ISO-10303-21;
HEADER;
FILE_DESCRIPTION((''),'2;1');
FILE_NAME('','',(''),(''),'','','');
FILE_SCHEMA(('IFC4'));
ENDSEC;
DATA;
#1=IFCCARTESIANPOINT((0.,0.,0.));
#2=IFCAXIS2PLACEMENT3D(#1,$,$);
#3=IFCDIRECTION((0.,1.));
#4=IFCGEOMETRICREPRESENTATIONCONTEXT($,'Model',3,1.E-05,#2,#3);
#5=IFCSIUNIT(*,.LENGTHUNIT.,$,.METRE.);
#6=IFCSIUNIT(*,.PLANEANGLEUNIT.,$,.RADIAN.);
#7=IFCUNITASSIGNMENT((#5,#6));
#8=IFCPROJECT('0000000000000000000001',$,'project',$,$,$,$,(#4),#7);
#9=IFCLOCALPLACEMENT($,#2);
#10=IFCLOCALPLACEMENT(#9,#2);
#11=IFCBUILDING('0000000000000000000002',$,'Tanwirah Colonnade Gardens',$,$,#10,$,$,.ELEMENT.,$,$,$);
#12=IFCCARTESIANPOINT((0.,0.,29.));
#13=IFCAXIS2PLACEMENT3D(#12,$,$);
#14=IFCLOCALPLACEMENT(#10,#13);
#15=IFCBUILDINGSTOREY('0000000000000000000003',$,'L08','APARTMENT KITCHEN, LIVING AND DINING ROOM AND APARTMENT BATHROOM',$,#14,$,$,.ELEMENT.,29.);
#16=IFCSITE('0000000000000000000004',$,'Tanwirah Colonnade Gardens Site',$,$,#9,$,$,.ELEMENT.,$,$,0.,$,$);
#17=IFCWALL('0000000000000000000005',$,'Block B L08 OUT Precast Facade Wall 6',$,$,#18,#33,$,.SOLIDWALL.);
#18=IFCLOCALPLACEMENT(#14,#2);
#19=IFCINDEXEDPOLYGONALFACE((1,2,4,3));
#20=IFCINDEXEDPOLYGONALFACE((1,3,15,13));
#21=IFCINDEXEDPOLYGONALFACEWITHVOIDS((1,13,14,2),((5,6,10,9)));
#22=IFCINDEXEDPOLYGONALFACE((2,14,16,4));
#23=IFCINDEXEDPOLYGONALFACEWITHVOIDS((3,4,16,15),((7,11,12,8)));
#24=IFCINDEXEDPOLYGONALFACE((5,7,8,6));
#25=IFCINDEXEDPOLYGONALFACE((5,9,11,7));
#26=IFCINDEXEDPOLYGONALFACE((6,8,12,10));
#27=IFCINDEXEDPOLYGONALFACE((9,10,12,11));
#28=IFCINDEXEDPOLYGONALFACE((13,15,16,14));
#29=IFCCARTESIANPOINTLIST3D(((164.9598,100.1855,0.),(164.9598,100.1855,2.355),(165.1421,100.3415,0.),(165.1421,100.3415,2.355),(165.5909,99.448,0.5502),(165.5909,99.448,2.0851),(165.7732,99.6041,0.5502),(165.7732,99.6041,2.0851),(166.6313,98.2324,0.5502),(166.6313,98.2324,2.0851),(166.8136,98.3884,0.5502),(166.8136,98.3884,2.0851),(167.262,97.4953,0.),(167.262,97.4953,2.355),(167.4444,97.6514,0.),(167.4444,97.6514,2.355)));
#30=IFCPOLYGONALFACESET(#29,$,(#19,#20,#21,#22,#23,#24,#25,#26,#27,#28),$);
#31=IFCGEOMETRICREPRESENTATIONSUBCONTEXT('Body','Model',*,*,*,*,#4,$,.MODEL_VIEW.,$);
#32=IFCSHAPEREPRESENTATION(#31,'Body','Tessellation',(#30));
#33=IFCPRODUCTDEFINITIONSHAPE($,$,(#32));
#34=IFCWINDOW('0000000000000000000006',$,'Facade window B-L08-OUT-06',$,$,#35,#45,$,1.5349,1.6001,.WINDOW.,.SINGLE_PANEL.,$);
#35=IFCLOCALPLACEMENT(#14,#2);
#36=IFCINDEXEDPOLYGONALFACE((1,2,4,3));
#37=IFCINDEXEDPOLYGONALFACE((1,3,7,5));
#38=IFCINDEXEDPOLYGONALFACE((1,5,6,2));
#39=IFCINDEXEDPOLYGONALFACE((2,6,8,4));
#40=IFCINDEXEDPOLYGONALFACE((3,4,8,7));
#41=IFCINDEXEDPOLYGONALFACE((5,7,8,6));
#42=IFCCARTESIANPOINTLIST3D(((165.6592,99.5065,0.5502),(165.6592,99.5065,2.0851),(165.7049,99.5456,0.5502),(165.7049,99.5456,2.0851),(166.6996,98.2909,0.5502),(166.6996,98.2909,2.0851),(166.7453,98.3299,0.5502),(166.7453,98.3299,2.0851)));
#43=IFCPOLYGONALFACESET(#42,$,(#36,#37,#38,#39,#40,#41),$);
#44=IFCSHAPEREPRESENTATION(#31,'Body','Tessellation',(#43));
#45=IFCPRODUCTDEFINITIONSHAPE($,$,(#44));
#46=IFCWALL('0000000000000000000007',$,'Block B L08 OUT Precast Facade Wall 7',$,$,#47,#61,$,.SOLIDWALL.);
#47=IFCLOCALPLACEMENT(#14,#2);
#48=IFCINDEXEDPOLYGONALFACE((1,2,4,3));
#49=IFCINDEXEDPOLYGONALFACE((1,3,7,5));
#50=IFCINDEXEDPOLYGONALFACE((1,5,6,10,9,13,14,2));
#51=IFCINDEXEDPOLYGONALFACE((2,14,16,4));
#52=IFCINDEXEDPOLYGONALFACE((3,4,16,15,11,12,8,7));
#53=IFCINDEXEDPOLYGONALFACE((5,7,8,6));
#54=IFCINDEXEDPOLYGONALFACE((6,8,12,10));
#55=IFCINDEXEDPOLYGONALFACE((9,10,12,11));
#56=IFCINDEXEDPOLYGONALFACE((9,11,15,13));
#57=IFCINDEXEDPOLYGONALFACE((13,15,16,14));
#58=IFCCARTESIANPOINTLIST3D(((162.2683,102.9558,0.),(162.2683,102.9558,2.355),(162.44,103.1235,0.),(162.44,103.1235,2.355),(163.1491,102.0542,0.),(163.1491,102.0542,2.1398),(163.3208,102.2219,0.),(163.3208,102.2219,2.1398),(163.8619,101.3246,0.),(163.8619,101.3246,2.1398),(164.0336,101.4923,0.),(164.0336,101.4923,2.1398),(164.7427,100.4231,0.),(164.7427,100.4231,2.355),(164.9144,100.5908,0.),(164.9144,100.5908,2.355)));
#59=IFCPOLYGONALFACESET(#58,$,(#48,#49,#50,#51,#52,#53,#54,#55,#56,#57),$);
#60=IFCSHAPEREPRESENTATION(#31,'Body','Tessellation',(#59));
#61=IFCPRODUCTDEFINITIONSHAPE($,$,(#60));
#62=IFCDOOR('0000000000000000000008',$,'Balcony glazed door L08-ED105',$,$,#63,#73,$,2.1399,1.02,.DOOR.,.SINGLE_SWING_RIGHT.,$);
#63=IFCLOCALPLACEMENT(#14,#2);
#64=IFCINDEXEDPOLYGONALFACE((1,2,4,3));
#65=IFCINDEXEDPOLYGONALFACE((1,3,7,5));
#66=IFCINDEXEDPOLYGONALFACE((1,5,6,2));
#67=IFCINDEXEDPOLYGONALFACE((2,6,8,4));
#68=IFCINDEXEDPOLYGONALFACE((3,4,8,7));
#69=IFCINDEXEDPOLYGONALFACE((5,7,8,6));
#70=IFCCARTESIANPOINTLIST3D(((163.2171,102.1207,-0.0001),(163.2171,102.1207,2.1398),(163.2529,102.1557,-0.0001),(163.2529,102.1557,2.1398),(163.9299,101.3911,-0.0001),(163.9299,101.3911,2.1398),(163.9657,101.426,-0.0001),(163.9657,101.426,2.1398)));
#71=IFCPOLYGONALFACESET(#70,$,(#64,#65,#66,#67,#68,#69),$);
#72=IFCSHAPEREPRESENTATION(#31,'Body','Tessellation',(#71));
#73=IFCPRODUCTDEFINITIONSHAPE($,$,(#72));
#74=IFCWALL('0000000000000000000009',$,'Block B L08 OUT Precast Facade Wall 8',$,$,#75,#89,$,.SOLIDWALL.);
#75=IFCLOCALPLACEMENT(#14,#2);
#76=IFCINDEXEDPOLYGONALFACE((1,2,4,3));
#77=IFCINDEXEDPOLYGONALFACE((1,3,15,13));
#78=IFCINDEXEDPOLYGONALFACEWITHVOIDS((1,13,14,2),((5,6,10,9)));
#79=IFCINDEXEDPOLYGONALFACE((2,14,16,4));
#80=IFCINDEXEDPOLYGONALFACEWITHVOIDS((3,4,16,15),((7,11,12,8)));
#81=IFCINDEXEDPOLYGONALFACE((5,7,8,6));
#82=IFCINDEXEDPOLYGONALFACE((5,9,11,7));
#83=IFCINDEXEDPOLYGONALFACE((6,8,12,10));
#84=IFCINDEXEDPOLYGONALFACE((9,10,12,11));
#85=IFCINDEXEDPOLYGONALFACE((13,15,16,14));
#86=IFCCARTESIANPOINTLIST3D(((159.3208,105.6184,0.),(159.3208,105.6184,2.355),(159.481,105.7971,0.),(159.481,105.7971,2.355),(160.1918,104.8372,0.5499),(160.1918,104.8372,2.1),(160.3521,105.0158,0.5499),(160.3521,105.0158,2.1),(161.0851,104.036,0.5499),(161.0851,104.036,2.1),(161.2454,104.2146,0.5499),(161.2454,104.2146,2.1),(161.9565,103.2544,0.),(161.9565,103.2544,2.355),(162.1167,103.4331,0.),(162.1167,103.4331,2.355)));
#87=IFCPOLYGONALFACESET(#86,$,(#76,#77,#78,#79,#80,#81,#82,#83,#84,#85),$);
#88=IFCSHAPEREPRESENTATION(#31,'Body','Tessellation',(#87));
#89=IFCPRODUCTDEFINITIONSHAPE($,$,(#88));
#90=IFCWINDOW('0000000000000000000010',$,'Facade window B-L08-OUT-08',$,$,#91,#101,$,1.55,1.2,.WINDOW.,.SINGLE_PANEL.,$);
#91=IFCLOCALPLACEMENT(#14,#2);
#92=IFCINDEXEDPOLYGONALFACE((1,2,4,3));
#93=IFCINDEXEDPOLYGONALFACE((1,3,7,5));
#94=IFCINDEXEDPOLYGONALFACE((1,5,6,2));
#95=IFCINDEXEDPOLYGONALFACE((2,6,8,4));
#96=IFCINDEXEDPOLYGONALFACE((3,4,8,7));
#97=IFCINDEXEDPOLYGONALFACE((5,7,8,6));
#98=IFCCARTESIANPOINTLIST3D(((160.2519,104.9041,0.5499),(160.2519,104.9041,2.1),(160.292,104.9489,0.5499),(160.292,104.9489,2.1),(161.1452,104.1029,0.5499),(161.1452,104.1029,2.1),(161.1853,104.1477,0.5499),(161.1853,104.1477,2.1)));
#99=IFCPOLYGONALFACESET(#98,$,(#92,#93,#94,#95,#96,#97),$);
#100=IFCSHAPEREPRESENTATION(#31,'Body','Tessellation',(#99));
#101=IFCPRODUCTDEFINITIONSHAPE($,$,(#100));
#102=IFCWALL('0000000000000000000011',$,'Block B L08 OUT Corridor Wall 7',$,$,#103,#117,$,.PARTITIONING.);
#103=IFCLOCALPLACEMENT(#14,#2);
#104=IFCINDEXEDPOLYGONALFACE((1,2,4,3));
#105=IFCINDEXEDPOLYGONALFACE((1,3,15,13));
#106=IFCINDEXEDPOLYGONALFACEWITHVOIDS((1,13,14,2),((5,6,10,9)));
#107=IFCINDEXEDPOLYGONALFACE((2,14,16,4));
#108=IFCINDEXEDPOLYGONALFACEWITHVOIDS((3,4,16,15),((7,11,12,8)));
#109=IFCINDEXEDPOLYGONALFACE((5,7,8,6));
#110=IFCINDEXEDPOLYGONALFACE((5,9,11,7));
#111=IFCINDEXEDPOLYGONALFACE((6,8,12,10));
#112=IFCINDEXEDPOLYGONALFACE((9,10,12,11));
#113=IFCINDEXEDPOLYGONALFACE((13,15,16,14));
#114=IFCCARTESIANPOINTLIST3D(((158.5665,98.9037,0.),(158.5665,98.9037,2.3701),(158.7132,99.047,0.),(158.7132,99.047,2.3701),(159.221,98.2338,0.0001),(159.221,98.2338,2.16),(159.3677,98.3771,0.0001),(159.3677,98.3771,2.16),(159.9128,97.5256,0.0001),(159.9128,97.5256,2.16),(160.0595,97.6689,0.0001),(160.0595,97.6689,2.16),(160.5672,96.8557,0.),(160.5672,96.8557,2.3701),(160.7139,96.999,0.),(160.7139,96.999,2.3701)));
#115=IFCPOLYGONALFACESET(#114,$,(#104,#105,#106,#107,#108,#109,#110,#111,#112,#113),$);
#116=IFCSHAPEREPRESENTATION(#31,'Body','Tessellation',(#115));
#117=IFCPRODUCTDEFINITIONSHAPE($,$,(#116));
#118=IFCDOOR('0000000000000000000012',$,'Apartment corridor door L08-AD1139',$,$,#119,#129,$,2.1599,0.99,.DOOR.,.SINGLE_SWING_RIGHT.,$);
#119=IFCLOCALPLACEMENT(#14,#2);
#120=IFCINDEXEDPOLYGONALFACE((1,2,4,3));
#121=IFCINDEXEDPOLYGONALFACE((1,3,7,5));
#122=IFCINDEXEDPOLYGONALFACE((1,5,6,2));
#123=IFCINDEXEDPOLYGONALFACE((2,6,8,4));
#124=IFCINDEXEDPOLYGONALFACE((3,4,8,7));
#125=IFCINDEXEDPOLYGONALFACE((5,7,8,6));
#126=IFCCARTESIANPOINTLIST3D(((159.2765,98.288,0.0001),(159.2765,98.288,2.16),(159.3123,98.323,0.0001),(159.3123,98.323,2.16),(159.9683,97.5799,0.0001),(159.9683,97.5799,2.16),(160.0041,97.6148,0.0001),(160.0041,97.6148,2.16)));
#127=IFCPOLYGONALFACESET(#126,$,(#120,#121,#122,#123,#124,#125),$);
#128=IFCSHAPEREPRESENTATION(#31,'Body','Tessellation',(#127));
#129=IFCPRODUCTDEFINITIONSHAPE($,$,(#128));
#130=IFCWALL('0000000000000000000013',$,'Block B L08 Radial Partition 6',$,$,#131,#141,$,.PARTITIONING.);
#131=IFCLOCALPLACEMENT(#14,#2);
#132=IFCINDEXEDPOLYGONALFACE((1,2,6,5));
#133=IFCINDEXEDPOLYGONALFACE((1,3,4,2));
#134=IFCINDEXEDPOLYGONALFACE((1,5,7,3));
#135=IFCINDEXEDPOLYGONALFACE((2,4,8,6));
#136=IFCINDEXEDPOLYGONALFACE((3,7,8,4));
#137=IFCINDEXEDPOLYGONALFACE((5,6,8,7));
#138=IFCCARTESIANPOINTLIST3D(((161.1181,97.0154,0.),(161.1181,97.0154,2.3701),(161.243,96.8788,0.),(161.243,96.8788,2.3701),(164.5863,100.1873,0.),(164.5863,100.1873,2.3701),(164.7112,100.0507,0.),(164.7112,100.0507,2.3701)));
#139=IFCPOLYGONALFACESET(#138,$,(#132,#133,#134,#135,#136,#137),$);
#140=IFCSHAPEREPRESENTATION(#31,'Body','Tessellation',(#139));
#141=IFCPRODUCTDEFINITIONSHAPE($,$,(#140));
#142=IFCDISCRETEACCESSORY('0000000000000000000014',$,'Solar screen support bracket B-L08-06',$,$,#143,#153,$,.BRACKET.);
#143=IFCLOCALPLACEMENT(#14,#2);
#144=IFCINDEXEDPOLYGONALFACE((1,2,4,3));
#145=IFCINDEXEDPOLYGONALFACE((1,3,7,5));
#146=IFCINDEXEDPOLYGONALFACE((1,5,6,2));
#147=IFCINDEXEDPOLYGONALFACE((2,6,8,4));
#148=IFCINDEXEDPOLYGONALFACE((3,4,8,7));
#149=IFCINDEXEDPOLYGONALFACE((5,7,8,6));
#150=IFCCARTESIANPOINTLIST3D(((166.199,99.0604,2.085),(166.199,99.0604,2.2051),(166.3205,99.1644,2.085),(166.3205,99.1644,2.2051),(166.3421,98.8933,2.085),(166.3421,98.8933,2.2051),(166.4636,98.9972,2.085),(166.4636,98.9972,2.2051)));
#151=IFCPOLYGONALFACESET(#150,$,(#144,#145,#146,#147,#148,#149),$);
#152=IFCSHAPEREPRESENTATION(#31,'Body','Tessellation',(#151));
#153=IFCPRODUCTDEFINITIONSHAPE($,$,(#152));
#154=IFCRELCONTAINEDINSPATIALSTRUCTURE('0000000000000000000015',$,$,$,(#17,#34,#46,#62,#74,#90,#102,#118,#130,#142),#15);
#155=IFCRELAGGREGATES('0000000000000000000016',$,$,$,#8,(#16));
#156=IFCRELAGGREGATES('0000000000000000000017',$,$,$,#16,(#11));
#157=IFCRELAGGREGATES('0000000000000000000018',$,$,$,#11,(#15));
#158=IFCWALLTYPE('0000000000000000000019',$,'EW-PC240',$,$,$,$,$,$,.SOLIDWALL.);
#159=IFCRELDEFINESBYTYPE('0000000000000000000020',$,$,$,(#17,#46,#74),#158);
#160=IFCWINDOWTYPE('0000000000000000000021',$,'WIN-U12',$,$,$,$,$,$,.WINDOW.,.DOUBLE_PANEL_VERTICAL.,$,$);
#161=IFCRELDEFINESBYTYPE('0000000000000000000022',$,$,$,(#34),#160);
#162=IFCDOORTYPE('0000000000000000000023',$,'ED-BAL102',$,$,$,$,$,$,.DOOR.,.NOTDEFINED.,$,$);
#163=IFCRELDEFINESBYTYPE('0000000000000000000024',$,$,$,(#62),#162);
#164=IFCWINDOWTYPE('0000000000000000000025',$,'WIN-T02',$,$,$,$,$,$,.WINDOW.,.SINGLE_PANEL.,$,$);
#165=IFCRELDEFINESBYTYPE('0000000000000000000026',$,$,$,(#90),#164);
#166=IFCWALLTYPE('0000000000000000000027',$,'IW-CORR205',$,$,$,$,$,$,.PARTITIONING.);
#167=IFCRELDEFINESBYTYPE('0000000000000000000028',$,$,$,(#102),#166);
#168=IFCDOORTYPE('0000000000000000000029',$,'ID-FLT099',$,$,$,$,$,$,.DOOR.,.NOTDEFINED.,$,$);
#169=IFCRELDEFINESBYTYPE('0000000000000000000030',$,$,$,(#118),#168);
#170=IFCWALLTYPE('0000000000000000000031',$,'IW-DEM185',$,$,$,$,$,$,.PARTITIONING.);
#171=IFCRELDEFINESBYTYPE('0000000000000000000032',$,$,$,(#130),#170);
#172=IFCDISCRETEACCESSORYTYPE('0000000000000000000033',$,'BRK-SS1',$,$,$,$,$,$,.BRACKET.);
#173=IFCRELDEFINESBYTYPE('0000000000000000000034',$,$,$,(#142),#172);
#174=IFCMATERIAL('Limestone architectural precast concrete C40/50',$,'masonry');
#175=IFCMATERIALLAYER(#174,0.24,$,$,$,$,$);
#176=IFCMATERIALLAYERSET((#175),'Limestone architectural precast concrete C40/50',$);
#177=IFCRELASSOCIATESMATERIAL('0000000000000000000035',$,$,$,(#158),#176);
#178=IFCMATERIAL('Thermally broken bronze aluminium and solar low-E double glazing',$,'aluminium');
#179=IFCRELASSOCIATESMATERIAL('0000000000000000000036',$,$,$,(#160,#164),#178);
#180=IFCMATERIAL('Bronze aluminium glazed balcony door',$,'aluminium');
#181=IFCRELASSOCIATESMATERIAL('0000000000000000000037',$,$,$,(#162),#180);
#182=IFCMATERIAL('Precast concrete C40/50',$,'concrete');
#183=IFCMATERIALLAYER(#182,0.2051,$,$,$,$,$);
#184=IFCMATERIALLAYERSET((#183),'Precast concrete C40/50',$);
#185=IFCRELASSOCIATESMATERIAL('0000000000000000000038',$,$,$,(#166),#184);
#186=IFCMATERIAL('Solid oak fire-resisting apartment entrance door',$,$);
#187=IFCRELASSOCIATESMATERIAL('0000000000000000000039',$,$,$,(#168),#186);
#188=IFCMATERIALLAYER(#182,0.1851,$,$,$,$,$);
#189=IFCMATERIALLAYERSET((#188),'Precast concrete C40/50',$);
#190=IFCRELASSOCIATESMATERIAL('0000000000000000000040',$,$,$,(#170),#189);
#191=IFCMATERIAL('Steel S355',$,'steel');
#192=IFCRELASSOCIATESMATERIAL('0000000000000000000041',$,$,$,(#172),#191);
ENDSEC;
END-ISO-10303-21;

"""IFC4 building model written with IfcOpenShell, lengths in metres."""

from ifc_helpers import new_model, si_unit, direction, frame, frame_2d, origin, origin_2d, place, context, subcontext, project, spatial, rectangle, extrude, material, layer, layer_set, type_object, element, fill, save


model = new_model("IFC4")

# Units and contexts
model_context = context("Model", 3, precision=1e-05, world=origin(), true_north=direction((0.0, 1.0)))
body_context = subcontext(model_context, "Body", "Model", "MODEL_VIEW")
ifc_project = project(units=[si_unit("LENGTHUNIT", "METRE"), si_unit("PLANEANGLEUNIT", "RADIAN")], contexts=[model_context])

# Site, building, storey
site_placement = place(None, origin())
site = spatial("IfcSite", under=ifc_project, at=site_placement, Name="Tanwirah Colonnade Gardens Site", CompositionType="ELEMENT", RefElevation=0.0)
building_placement = place(site_placement, origin())
building = spatial("IfcBuilding", under=site, at=building_placement, Name="Tanwirah Colonnade Gardens", CompositionType="ELEMENT")
storey_placement = place(building_placement, frame((0.0, 0.0, 29.0)))
storey = spatial("IfcBuildingStorey", under=building, at=storey_placement, Name="L08", Description="APARTMENT KITCHEN, LIVING AND DINING ROOM AND APARTMENT BATHROOM", CompositionType="ELEMENT", Elevation=29.0)

# Shared definitions
ifc_material_1 = material(Name="Precast concrete C40/50", Category="concrete")

# Wall, opening, window
ifc_material_2 = material(Name="Limestone architectural precast concrete C40/50", Category="masonry")
ifc_layer_1 = layer(ifc_material_2, 0.24)
ifc_layer_set_1 = layer_set([ifc_layer_1], Name="Limestone architectural precast concrete C40/50")
wall_type_1 = type_object("IfcWallType", Name="EW-PC240", PredefinedType="SOLIDWALL", material=ifc_layer_set_1)
wall_1_placement = place(storey_placement, frame((167.3533, 97.5732, 0.0), z_axis=(0.0, 0.0, 1.0), x_axis=(-0.650201, 0.759763, 0.0)))
wall_1 = element("IfcWall", 1, at=wall_1_placement, inside=storey, type_object=wall_type_1, Name="Block B L08 OUT Precast Facade Wall 6", PredefinedType="SOLIDWALL", context=body_context, shape_type="SweptSolid", body=[
    extrude(rectangle(XDim=3.5408, YDim=0.24, at=frame_2d((1.7705, 0.0))), origin(), (0.0, 0.0, 1.0), 2.355),
])
opening_1_placement = place(wall_1_placement, frame((0.9702, 0.0, 0.55)))
opening_1 = element("IfcOpeningElement", 2, at=opening_1_placement, cuts=wall_1, PredefinedType="OPENING", context=body_context, shape_type="SweptSolid", body=[
    extrude(rectangle(XDim=1.6001, YDim=1.5349, at=frame_2d((0.8, 0.7676))), frame((0.0, 0.1299, 0.0), z_axis=(0.0, -1.0, 0.0), x_axis=(1.0, 0.0, 0.0)), (0.0, 0.0, 1.0), 0.26),
])
ifc_material_3 = material(Name="Thermally broken bronze aluminium and solar low-E double glazing", Category="aluminium")
window_type_1 = type_object("IfcWindowType", Name="WIN-U12", PartitioningType="DOUBLE_PANEL_VERTICAL", PredefinedType="WINDOW", material=ifc_material_3)
window_1_placement = place(opening_1_placement, origin())
window_1 = element("IfcWindow", 3, at=window_1_placement, inside=storey, type_object=window_type_1, Name="Facade window B-L08-OUT-06", OverallHeight=1.5349, OverallWidth=1.6001, PartitioningType="SINGLE_PANEL", PredefinedType="WINDOW", context=body_context, shape_type="SweptSolid", body=[
    extrude(rectangle(XDim=1.6001, YDim=1.5349, at=frame_2d((0.8, 0.7676))), frame((0.0, 0.03, 0.0), z_axis=(0.0, -1.0, 0.0), x_axis=(1.0, 0.0, 0.0)), (0.0, 0.0, 1.0), 0.0601),
])
fill(opening_1, window_1)

# Wall, opening, door
wall_2_placement = place(storey_placement, frame((164.8286, 100.5068, 0.0), z_axis=(0.0, 0.0, 1.0), x_axis=(-0.698819, 0.715298, 0.0)))
wall_2 = element("IfcWall", 4, at=wall_2_placement, inside=storey, type_object=wall_type_1, Name="Block B L08 OUT Precast Facade Wall 7", PredefinedType="SOLIDWALL", context=body_context, shape_type="SweptSolid", body=[
    extrude(rectangle(XDim=3.5408, YDim=0.24, at=frame_2d((1.7705, 0.0))), origin(), (0.0, 0.0, 1.0), 2.355),
])
opening_2_placement = place(wall_2_placement, frame((1.2605, 0.0, 0.0)))
opening_2 = element("IfcOpeningElement", 5, at=opening_2_placement, cuts=wall_2, PredefinedType="OPENING", context=body_context, shape_type="SweptSolid", body=[
    extrude(rectangle(XDim=1.02, YDim=2.1399, at=frame_2d((0.51, 1.0698))), frame((0.0, 0.1299, 0.0), z_axis=(0.0, -1.0, 0.0), x_axis=(1.0, 0.0, 0.0)), (0.0, 0.0, 1.0), 0.26),
])
ifc_material_4 = material(Name="Bronze aluminium glazed balcony door", Category="aluminium")
door_type_1 = type_object("IfcDoorType", Name="ED-BAL102", OperationType="NOTDEFINED", PredefinedType="DOOR", material=ifc_material_4)
door_1_placement = place(opening_2_placement, origin())
door_1 = element("IfcDoor", 6, at=door_1_placement, inside=storey, type_object=door_type_1, Name="Balcony glazed door L08-ED105", OperationType="SINGLE_SWING_RIGHT", OverallHeight=2.1399, OverallWidth=1.02, PredefinedType="DOOR", context=body_context, shape_type="SweptSolid", body=[
    extrude(rectangle(XDim=1.02, YDim=2.1399, at=frame_2d((0.51, 1.0698))), frame((0.0, 0.0249, 0.0), z_axis=(0.0, -1.0, 0.0), x_axis=(1.0, 0.0, 0.0)), (0.0, 0.0, 1.0), 0.05),
])
fill(opening_2, door_1)

# Wall, opening, window
wall_3_placement = place(storey_placement, frame((162.0366, 103.3438, 0.0), z_axis=(0.0, 0.0, 1.0), x_axis=(-0.744438, 0.667691, 0.0)))
wall_3 = element("IfcWall", 7, at=wall_3_placement, inside=storey, type_object=wall_type_1, Name="Block B L08 OUT Precast Facade Wall 8", PredefinedType="SOLIDWALL", context=body_context, shape_type="SweptSolid", body=[
    extrude(rectangle(XDim=3.5405, YDim=0.24, at=frame_2d((1.7703, 0.0))), origin(), (0.0, 0.0, 1.0), 2.355),
])
opening_3_placement = place(wall_3_placement, frame((1.1704, 0.0, 0.55)))
opening_3 = element("IfcOpeningElement", 8, at=opening_3_placement, cuts=wall_3, PredefinedType="OPENING", context=body_context, shape_type="SweptSolid", body=[
    extrude(rectangle(XDim=1.2, YDim=1.55, at=frame_2d((0.6001, 0.7749))), frame((0.0, 0.1299, 0.0), z_axis=(0.0, -1.0, 0.0), x_axis=(1.0, 0.0, 0.0)), (0.0, 0.0, 1.0), 0.26),
])
window_type_2 = type_object("IfcWindowType", Name="WIN-T02", PartitioningType="SINGLE_PANEL", PredefinedType="WINDOW", material=ifc_material_3)
window_2_placement = place(opening_3_placement, origin())
window_2 = element("IfcWindow", 9, at=window_2_placement, inside=storey, type_object=window_type_2, Name="Facade window B-L08-OUT-08", OverallHeight=1.55, OverallWidth=1.2, PartitioningType="SINGLE_PANEL", PredefinedType="WINDOW", context=body_context, shape_type="SweptSolid", body=[
    extrude(rectangle(XDim=1.2, YDim=1.55, at=frame_2d((0.6001, 0.7749))), frame((0.0, 0.03, 0.0), z_axis=(0.0, -1.0, 0.0), x_axis=(1.0, 0.0, 0.0)), (0.0, 0.0, 1.0), 0.0601),
])
fill(opening_3, window_2)

# Wall, opening, door
ifc_layer_2 = layer(ifc_material_1, 0.2051)
ifc_layer_set_2 = layer_set([ifc_layer_2], Name="Precast concrete C40/50")
wall_type_2 = type_object("IfcWallType", Name="IW-CORR205", PredefinedType="PARTITIONING", material=ifc_layer_set_2)
wall_4_placement = place(storey_placement, frame((160.6406, 96.9272, 0.0), z_axis=(0.0, 0.0, 1.0), x_axis=(-0.698787, 0.71533, 0.0)))
wall_4 = element("IfcWall", 10, at=wall_4_placement, inside=storey, type_object=wall_type_2, Name="Block B L08 OUT Corridor Wall 7", PredefinedType="PARTITIONING", context=body_context, shape_type="SweptSolid", body=[
    extrude(rectangle(XDim=2.863, YDim=0.2051, at=frame_2d((1.4316, 0.0))), origin(), (0.0, 0.0, 1.0), 2.3701),
])
opening_4_placement = place(wall_4_placement, frame((0.9365, 0.0, 0.0)))
opening_4 = element("IfcOpeningElement", 11, at=opening_4_placement, cuts=wall_4, PredefinedType="OPENING", context=body_context, shape_type="SweptSolid", body=[
    extrude(rectangle(XDim=0.99, YDim=2.1599, at=frame_2d((0.4951, 1.0801))), frame((0.0, 0.1125, 0.0), z_axis=(0.0, -1.0, 0.0), x_axis=(1.0, 0.0, 0.0)), (0.0, 0.0, 1.0), 0.2251),
])
ifc_material_5 = material(Name="Solid oak fire-resisting apartment entrance door")
door_type_2 = type_object("IfcDoorType", Name="ID-FLT099", OperationType="NOTDEFINED", PredefinedType="DOOR", material=ifc_material_5)
door_2_placement = place(opening_4_placement, origin())
door_2 = element("IfcDoor", 12, at=door_2_placement, inside=storey, type_object=door_type_2, Name="Apartment corridor door L08-AD1139", OperationType="SINGLE_SWING_RIGHT", OverallHeight=2.1599, OverallWidth=0.99, PredefinedType="DOOR", context=body_context, shape_type="SweptSolid", body=[
    extrude(rectangle(XDim=0.99, YDim=2.1599, at=frame_2d((0.4951, 1.0801))), frame((0.0, 0.0249, 0.0), z_axis=(0.0, -1.0, 0.0), x_axis=(1.0, 0.0, 0.0)), (0.0, 0.0, 1.0), 0.05),
])
fill(opening_4, door_2)

# Wall
ifc_layer_3 = layer(ifc_material_1, 0.1851)
ifc_layer_set_3 = layer_set([ifc_layer_3], Name="Precast concrete C40/50")
wall_type_3 = type_object("IfcWallType", Name="IW-DEM185", PredefinedType="PARTITIONING", material=ifc_layer_set_3)
wall_5_placement = place(storey_placement, frame((161.1804, 96.947, 0.0), z_axis=(0.0, 0.0, 1.0), x_axis=(0.737934, 0.674873, 0.0)))
element("IfcWall", 13, at=wall_5_placement, inside=storey, type_object=wall_type_3, Name="Block B L08 Radial Partition 6", PredefinedType="PARTITIONING", context=body_context, shape_type="SweptSolid", body=[
    extrude(rectangle(XDim=4.7, YDim=0.1851, at=frame_2d((2.3501, 0.0))), origin(), (0.0, 0.0, 1.0), 2.3701),
])

# Discrete accessory
ifc_material_6 = material(Name="Steel S355", Category="steel")
discrete_accessory_type = type_object("IfcDiscreteAccessoryType", Name="BRK-SS1", PredefinedType="BRACKET", material=ifc_material_6)
discrete_accessory_placement = place(storey_placement, frame((166.3313, 99.0288, 2.085), z_axis=(0.0, 0.0, 1.0), x_axis=(-0.650186, 0.759775, 0.0)))
element("IfcDiscreteAccessory", 14, at=discrete_accessory_placement, inside=storey, type_object=discrete_accessory_type, Name="Solar screen support bracket B-L08-06", PredefinedType="BRACKET", context=body_context, shape_type="SweptSolid", body=[
    extrude(rectangle(XDim=0.22, YDim=0.1599, at=origin_2d()), origin(), (0.0, 0.0, 1.0), 0.1201),
])

save(model, "model.ifc")
